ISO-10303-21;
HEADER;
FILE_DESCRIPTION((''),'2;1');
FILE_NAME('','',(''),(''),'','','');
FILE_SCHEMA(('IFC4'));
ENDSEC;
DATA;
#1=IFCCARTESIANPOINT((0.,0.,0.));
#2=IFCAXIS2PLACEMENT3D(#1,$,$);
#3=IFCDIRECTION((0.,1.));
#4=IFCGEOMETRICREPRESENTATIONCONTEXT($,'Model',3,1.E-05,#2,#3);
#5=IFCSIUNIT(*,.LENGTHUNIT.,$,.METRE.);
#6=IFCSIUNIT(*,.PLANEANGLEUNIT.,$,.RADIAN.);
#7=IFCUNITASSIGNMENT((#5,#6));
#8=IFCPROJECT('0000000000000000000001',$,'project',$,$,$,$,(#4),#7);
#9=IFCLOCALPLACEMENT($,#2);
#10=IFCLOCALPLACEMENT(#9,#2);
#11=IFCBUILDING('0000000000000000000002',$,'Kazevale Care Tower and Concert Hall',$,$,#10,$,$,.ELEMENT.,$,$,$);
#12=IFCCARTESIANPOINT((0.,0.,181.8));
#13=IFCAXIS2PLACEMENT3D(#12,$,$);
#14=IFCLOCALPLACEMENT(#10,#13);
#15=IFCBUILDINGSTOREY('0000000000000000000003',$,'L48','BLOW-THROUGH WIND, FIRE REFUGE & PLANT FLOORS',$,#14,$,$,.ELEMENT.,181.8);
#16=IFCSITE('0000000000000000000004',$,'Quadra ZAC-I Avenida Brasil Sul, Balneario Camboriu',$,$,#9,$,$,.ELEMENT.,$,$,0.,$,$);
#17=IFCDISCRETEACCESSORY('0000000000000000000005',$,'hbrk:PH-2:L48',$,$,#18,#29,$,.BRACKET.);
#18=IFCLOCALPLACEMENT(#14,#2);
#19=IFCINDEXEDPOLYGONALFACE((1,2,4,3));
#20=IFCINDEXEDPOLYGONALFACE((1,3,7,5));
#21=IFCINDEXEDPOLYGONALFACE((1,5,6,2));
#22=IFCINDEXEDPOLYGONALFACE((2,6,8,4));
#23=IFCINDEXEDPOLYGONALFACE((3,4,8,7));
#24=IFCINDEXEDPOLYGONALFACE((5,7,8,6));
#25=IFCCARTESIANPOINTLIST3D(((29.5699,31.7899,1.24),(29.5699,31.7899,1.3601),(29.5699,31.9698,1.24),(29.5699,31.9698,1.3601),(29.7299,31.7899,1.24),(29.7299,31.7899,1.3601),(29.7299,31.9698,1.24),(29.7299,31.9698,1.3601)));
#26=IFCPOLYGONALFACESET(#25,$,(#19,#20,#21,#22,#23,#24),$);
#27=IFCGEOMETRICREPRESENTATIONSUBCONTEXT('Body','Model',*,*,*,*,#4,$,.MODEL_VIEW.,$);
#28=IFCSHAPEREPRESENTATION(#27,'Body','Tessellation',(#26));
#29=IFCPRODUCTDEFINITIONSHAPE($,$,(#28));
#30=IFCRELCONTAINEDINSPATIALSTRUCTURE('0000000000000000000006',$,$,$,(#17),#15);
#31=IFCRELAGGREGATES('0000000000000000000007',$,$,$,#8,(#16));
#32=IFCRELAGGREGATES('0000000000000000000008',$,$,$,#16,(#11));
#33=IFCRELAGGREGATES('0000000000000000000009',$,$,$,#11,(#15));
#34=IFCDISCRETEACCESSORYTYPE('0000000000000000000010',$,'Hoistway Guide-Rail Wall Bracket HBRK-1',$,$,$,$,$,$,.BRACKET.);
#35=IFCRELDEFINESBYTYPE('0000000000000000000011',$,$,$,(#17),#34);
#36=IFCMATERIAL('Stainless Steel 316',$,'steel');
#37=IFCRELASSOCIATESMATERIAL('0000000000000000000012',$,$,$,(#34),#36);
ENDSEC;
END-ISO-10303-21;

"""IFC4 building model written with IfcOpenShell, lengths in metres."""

from ifc_helpers import new_model, si_unit, direction, frame, origin, origin_2d, place, context, subcontext, project, spatial, rectangle, extrude, material, type_object, element, save


model = new_model("IFC4")

# Units and contexts
model_context = context("Model", 3, precision=1e-05, world=origin(), true_north=direction((0.0, 1.0)))
body_context = subcontext(model_context, "Body", "Model", "MODEL_VIEW")
ifc_project = project(units=[si_unit("LENGTHUNIT", "METRE"), si_unit("PLANEANGLEUNIT", "RADIAN")], contexts=[model_context])

# Site, building, storey
site_placement = place(None, origin())
site = spatial("IfcSite", under=ifc_project, at=site_placement, Name="Quadra ZAC-I Avenida Brasil Sul, Balneario Camboriu", CompositionType="ELEMENT", RefElevation=0.0)
building_placement = place(site_placement, origin())
building = spatial("IfcBuilding", under=site, at=building_placement, Name="Kazevale Care Tower and Concert Hall", CompositionType="ELEMENT")
storey_placement = place(building_placement, frame((0.0, 0.0, 181.8)))
storey = spatial("IfcBuildingStorey", under=building, at=storey_placement, Name="L48", Description="BLOW-THROUGH WIND, FIRE REFUGE & PLANT FLOORS", CompositionType="ELEMENT", Elevation=181.8)

# Shared definitions
ifc_material_1 = material(Name="Stainless Steel 316", Category="steel")

# Discrete accessory
discrete_accessory_type = type_object("IfcDiscreteAccessoryType", Name="Hoistway Guide-Rail Wall Bracket HBRK-1", PredefinedType="BRACKET", material=ifc_material_1)
for number, where, z_axis, x_axis, name in (
    (1, (29.6499, 31.8799, 1.24), (0.0, 0.0, 1.0), (1.0, 0.0, 0.0), "hbrk:PH-2:L48"),
):
    element("IfcDiscreteAccessory", number, at=place(storey_placement, frame(where, z_axis=z_axis, x_axis=x_axis)), inside=storey, type_object=discrete_accessory_type, Name=name, PredefinedType="BRACKET", context=body_context, shape_type="SweptSolid", body=[
        extrude(rectangle(XDim=0.1599, YDim=0.1799, at=origin_2d()), origin(), (0.0, 0.0, 1.0), 0.1201),
    ])

save(model, "model.ifc")
